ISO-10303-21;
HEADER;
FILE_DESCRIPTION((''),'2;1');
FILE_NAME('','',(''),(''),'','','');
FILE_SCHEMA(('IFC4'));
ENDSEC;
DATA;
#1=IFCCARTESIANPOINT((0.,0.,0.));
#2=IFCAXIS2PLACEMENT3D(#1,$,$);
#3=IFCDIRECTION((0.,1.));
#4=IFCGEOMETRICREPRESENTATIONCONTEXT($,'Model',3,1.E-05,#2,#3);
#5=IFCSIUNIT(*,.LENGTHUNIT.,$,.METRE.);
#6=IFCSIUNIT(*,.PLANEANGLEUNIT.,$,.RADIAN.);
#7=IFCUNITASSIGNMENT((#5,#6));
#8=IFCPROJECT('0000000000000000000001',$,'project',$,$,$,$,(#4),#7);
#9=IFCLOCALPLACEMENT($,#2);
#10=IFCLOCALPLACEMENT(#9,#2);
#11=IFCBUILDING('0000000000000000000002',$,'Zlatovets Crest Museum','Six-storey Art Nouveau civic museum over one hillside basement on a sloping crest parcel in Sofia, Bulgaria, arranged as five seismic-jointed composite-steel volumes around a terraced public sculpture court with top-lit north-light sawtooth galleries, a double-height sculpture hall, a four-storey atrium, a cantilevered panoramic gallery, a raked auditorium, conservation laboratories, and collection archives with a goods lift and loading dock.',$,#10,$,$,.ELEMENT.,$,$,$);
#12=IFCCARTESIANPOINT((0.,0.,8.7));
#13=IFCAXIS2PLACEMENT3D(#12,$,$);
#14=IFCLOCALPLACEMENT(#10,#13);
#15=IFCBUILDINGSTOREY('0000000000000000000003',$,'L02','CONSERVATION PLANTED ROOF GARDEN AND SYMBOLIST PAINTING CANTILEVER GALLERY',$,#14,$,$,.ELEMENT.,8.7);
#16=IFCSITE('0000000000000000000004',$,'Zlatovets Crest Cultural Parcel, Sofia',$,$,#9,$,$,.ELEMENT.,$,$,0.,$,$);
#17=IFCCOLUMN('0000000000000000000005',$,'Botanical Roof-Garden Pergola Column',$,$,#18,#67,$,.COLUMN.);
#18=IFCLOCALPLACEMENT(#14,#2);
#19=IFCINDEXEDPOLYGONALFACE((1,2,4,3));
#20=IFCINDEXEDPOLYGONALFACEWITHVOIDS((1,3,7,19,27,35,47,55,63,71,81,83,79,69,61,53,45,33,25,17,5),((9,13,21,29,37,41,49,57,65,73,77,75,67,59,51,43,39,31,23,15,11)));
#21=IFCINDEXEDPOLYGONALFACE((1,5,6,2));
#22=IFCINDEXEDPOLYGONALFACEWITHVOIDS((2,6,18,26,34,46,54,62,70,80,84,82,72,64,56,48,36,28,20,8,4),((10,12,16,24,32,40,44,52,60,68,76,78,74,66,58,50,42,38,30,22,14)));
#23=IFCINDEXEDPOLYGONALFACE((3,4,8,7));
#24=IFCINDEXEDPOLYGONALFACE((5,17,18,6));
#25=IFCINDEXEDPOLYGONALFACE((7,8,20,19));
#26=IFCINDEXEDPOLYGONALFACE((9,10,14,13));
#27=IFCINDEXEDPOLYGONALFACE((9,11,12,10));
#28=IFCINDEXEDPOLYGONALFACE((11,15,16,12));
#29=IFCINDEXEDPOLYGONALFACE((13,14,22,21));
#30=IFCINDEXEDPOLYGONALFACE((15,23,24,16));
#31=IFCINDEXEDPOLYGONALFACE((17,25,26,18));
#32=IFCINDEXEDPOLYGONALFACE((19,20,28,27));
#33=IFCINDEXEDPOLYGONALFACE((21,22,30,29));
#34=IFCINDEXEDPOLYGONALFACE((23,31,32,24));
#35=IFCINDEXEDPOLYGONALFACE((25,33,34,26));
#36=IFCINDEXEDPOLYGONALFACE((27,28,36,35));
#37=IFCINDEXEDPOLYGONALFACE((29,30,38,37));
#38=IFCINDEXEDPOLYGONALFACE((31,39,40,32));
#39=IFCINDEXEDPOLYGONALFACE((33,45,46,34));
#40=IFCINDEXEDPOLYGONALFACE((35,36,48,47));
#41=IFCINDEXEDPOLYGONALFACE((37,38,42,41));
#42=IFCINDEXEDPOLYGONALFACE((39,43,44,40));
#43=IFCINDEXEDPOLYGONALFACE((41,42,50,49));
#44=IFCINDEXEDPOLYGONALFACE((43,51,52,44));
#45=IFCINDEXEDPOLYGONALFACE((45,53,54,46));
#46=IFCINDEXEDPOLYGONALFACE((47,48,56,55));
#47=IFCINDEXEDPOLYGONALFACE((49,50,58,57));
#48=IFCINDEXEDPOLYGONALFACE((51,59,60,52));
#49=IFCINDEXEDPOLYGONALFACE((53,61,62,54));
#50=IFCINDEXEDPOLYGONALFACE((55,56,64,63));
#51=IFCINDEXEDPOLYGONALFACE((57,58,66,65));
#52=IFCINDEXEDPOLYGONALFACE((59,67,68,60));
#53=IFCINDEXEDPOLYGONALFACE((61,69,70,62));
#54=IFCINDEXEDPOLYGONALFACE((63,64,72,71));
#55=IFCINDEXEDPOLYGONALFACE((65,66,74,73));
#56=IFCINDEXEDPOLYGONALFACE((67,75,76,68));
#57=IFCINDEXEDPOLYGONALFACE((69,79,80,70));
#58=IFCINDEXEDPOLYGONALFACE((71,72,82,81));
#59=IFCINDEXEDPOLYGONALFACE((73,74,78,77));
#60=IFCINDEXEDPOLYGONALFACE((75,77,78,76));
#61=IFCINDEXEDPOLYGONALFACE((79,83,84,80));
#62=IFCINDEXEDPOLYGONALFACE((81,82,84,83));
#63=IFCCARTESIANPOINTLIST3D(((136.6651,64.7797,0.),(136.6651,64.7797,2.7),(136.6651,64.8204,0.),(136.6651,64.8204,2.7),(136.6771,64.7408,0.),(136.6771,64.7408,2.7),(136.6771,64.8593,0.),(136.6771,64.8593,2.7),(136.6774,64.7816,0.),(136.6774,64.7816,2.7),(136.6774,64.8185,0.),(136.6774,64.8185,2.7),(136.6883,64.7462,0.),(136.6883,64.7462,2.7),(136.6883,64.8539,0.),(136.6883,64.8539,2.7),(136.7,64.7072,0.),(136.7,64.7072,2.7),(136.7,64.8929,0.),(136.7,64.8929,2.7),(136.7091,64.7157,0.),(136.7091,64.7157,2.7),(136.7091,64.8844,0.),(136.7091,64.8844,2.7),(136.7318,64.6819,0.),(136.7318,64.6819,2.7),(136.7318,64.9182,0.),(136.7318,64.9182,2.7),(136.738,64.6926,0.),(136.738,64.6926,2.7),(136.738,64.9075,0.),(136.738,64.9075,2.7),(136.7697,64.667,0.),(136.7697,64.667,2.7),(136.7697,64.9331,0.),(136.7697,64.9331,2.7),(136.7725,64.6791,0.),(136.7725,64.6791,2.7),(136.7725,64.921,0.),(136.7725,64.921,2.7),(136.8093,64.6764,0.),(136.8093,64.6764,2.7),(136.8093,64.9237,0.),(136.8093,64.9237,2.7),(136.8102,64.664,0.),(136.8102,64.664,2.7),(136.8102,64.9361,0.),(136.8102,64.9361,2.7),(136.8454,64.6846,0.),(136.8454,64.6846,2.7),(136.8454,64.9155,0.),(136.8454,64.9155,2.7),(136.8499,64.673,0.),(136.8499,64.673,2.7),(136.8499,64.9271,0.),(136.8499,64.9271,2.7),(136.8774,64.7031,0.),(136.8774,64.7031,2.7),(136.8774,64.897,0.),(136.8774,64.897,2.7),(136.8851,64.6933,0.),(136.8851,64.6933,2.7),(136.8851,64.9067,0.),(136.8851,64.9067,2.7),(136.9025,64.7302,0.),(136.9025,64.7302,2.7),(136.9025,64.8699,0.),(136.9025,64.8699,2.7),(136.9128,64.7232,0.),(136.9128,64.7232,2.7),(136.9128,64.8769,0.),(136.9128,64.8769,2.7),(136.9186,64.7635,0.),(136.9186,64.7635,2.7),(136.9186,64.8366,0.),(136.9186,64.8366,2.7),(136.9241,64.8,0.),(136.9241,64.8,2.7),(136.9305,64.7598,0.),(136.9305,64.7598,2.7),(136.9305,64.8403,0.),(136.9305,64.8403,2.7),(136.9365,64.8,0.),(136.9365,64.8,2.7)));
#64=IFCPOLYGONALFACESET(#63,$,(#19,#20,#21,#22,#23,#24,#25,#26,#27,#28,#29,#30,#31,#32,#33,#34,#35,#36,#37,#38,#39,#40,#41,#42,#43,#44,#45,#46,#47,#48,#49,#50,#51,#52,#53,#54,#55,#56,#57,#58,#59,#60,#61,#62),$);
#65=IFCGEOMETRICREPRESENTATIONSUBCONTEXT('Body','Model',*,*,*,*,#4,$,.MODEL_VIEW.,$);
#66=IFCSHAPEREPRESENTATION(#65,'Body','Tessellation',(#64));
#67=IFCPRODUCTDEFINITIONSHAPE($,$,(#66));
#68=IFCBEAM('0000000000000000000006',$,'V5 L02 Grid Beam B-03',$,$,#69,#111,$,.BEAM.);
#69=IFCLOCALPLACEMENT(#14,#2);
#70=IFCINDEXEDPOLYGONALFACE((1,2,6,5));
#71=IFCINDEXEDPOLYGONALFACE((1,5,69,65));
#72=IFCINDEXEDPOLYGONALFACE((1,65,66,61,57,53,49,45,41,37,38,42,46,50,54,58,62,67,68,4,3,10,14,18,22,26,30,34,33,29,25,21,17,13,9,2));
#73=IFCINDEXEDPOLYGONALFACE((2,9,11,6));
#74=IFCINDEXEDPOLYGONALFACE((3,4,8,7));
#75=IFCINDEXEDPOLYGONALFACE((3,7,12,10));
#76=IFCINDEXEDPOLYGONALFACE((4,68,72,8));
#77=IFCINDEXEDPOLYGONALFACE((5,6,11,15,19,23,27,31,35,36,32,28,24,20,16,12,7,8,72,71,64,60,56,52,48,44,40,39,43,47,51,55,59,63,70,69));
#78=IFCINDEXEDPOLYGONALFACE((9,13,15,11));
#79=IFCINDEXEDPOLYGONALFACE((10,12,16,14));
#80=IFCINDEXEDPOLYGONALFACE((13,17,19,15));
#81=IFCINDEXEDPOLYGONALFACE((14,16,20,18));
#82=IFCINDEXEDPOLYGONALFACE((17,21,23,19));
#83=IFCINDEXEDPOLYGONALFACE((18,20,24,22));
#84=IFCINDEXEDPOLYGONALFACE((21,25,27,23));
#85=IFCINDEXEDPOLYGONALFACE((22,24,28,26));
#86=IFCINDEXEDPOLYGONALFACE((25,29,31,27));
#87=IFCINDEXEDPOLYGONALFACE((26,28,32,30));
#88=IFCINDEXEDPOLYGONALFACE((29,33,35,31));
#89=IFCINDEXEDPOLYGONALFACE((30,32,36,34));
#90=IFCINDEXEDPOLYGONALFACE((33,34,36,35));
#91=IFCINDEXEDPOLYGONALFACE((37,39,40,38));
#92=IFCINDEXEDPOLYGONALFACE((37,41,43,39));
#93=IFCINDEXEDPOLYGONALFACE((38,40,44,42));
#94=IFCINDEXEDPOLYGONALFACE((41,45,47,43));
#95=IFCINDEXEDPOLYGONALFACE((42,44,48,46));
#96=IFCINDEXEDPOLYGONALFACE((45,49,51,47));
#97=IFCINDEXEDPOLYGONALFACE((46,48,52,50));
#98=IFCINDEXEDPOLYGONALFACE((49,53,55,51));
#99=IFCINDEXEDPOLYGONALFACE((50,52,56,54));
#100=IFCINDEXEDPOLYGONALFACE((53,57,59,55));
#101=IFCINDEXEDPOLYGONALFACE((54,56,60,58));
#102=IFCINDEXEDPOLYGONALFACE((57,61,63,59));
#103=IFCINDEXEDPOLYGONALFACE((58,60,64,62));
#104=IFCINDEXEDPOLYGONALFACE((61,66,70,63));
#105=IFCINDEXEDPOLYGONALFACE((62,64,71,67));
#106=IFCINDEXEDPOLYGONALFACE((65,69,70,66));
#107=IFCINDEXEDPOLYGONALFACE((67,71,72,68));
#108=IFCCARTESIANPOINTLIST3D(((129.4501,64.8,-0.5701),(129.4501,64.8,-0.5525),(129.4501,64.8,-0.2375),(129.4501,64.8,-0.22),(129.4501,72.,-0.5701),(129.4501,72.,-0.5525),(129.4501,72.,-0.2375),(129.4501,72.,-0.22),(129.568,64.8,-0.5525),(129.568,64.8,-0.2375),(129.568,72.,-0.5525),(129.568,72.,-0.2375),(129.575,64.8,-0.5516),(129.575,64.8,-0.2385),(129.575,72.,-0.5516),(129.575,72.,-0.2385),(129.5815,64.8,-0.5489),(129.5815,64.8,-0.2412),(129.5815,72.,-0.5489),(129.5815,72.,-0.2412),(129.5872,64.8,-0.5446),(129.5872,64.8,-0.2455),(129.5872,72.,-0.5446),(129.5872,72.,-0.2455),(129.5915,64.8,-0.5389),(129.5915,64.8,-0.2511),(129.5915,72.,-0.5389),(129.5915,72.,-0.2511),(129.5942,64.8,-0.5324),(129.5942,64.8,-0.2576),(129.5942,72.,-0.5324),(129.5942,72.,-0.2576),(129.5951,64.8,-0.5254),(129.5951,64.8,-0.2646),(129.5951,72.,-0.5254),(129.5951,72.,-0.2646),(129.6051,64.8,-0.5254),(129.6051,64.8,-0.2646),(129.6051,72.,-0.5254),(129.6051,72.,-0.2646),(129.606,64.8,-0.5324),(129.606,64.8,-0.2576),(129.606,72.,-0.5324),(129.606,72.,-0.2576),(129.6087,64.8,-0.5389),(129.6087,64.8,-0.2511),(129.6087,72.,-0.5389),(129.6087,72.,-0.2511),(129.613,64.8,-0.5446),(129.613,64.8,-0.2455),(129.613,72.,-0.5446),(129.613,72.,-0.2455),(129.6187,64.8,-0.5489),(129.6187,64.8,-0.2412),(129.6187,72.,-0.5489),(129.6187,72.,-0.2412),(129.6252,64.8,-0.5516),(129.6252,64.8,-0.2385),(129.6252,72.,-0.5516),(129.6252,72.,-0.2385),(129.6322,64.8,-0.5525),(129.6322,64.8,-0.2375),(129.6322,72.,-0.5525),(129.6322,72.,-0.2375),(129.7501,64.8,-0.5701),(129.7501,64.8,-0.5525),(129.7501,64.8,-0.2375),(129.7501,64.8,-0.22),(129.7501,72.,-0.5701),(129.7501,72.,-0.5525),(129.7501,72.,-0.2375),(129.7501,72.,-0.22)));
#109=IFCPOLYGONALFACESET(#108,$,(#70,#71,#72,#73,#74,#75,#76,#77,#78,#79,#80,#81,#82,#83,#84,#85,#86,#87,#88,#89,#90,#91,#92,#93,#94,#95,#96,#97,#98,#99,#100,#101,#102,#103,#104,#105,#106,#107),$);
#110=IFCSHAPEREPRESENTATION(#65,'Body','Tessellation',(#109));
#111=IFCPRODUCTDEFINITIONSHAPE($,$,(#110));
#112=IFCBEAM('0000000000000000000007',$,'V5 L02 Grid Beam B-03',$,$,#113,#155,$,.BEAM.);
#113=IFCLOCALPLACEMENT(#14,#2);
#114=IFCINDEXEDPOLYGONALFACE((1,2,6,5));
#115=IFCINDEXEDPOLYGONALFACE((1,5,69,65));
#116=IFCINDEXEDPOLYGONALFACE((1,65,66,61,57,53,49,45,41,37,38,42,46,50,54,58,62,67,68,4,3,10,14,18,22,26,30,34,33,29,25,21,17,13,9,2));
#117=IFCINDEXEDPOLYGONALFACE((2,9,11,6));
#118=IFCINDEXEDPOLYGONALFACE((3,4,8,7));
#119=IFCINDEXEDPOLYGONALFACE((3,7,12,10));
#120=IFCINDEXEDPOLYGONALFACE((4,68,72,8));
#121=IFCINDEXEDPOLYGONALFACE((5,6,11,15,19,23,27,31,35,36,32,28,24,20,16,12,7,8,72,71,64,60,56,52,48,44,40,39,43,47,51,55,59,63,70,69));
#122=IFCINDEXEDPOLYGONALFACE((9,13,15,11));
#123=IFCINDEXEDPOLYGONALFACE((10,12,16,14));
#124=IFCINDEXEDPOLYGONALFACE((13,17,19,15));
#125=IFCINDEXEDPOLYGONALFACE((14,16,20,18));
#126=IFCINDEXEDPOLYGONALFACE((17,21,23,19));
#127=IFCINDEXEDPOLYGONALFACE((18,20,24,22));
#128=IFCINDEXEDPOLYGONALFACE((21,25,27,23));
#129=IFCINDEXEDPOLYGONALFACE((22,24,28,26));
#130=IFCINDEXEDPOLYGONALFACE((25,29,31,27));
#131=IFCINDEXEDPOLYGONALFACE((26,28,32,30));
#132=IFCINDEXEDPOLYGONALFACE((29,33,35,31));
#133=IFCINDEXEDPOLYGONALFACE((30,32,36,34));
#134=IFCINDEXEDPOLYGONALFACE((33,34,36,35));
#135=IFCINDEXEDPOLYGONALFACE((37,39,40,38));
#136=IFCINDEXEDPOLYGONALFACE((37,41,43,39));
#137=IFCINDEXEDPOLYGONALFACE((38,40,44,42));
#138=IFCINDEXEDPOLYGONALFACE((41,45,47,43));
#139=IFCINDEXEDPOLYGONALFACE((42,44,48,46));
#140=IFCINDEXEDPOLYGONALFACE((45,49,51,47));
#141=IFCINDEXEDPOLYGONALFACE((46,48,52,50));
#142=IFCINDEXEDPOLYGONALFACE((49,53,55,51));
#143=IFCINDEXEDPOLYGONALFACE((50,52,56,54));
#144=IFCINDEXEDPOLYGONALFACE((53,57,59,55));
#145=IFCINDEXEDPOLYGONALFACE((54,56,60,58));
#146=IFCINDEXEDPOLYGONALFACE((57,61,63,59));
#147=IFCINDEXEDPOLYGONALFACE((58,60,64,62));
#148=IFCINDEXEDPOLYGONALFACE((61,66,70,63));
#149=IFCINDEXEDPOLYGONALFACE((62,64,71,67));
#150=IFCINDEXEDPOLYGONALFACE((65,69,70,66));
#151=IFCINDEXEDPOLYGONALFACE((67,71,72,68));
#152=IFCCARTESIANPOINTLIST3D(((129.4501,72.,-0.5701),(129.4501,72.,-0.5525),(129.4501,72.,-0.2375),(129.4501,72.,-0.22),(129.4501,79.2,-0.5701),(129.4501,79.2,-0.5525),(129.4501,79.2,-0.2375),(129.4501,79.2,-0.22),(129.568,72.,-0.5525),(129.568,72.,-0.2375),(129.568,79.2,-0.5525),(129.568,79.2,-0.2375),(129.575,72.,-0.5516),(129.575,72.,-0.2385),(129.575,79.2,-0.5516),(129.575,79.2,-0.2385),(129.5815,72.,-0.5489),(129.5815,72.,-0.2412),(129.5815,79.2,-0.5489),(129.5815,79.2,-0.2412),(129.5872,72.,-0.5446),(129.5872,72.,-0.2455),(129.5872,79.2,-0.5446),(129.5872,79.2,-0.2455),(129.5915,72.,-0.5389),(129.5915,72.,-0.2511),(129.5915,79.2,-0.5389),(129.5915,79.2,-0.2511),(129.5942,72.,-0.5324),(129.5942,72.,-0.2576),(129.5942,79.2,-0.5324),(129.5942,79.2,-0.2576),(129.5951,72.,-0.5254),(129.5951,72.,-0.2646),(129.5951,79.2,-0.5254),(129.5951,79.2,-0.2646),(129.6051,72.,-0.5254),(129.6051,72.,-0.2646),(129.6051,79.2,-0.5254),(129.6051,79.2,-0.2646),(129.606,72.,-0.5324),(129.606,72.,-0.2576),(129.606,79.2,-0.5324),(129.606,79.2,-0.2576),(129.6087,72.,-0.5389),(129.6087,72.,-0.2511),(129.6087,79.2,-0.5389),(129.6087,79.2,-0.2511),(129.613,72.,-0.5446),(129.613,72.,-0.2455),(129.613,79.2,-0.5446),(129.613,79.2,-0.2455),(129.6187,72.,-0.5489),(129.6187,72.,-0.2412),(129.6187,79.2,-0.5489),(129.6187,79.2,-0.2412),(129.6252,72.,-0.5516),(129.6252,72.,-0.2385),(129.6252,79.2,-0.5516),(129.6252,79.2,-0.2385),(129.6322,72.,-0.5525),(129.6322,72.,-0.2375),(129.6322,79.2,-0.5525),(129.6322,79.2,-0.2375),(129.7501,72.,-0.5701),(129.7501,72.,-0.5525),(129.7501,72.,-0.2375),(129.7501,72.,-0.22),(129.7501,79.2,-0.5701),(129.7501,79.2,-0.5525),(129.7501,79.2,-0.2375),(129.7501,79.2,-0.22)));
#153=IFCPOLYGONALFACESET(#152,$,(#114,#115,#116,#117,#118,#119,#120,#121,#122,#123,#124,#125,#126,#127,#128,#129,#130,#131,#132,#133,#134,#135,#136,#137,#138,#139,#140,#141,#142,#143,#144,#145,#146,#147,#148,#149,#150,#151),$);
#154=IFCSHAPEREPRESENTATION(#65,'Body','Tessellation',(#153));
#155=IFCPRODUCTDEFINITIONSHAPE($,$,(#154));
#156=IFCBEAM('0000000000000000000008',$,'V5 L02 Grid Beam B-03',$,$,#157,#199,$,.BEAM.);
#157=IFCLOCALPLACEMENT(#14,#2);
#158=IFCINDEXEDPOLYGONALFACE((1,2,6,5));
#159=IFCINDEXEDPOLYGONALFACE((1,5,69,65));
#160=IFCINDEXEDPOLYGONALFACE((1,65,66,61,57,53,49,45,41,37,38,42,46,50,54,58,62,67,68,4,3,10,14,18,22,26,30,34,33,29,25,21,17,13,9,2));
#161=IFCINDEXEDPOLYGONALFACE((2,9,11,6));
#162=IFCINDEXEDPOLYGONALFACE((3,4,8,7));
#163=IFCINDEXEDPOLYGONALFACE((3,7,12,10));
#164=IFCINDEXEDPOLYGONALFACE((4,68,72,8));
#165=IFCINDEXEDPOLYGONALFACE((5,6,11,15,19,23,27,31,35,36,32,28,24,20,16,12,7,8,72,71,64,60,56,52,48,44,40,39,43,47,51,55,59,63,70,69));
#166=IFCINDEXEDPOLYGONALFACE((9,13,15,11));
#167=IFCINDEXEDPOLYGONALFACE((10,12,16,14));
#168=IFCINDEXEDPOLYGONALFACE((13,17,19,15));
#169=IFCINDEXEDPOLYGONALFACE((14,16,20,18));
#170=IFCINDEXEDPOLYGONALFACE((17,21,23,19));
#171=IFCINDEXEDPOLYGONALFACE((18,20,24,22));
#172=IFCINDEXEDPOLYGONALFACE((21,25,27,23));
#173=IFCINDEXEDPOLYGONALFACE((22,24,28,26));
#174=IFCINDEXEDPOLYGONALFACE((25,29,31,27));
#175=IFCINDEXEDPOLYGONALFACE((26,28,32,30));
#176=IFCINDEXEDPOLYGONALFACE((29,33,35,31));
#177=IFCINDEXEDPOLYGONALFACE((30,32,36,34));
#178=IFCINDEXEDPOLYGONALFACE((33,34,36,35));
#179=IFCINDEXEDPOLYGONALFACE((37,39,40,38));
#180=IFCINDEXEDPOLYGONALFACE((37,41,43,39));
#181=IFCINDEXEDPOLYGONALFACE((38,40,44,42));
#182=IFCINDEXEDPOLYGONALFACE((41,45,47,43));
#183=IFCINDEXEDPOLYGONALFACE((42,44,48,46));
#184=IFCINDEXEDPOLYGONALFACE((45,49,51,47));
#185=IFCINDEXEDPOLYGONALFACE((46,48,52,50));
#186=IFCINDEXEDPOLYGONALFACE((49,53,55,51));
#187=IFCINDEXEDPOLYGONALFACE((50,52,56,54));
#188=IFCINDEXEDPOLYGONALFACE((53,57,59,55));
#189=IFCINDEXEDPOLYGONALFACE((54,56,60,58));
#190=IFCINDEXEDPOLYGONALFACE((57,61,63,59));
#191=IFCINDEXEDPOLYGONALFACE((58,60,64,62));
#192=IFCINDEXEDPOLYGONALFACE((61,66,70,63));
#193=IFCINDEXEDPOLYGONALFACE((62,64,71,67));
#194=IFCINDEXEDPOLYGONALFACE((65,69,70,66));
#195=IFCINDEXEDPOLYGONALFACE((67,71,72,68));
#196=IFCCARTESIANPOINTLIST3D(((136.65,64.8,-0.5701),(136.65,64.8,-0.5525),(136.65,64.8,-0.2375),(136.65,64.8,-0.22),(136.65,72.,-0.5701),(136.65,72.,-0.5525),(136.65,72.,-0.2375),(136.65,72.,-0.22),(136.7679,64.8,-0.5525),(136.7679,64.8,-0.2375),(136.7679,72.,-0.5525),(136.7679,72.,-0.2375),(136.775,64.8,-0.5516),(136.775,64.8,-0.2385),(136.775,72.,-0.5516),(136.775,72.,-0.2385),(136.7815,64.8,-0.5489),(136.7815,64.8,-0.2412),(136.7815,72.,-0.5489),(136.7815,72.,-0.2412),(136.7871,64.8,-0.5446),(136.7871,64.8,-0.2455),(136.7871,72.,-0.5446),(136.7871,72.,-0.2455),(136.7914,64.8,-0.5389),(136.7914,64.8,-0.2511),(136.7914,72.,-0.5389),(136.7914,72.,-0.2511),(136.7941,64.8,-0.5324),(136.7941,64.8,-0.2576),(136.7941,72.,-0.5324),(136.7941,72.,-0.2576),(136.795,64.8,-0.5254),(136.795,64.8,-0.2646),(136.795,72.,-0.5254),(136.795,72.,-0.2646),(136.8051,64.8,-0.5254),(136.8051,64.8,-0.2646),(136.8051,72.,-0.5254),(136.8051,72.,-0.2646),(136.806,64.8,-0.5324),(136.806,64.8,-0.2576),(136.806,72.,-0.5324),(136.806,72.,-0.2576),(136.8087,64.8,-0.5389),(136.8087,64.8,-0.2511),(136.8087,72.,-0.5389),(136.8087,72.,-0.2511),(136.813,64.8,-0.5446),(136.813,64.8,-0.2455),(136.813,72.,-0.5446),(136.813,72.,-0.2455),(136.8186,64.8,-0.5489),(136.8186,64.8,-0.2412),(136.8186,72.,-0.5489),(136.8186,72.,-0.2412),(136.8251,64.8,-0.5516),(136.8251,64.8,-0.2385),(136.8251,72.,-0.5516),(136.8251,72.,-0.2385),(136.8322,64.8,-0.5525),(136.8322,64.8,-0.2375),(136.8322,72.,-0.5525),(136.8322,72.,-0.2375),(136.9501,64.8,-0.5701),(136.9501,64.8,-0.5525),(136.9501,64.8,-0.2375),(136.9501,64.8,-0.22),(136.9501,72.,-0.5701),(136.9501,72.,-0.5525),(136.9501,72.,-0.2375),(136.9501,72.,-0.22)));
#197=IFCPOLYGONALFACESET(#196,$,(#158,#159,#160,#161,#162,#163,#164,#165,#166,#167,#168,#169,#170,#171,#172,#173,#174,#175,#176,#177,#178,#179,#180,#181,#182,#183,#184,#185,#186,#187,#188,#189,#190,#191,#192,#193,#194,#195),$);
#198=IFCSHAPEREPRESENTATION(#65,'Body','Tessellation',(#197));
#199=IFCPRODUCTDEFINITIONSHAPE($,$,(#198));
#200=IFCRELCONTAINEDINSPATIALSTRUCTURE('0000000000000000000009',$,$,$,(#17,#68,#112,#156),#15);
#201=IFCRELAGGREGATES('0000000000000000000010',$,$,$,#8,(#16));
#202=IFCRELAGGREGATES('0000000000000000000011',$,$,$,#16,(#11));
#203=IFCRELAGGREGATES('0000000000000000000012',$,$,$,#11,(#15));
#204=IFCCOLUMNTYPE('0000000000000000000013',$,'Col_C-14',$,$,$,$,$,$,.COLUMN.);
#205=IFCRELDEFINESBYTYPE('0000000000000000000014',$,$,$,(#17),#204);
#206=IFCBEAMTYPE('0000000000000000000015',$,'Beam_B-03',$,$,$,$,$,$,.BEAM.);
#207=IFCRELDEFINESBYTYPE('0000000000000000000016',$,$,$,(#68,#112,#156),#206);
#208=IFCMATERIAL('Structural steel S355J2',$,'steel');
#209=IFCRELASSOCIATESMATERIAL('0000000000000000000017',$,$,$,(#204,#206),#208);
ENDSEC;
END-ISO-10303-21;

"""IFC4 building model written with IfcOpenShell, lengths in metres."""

from ifc_helpers import new_model, si_unit, direction, frame, origin, origin_2d, place, context, subcontext, project, spatial, hollow_circle, i_section, extrude, material, material_profile, profile_set, type_object, element, save


model = new_model("IFC4")

# Units and contexts
model_context = context("Model", 3, precision=1e-05, world=origin(), true_north=direction((0.0, 1.0)))
body_context = subcontext(model_context, "Body", "Model", "MODEL_VIEW")
ifc_project = project(units=[si_unit("LENGTHUNIT", "METRE"), si_unit("PLANEANGLEUNIT", "RADIAN")], contexts=[model_context])

# Site, building, storey
site_placement = place(None, origin())
site = spatial("IfcSite", under=ifc_project, at=site_placement, Name="Zlatovets Crest Cultural Parcel, Sofia", CompositionType="ELEMENT", RefElevation=0.0)
building_placement = place(site_placement, origin())
building = spatial("IfcBuilding", under=site, at=building_placement, Name="Zlatovets Crest Museum", Description="Six-storey Art Nouveau civic museum over one hillside basement on a sloping crest parcel in Sofia, Bulgaria, arranged as five seismic-jointed composite-steel volumes around a terraced public sculpture court with top-lit north-light sawtooth galleries, a double-height sculpture hall, a four-storey atrium, a cantilevered panoramic gallery, a raked auditorium, conservation laboratories, and collection archives with a goods lift and loading dock.", CompositionType="ELEMENT")
storey_placement = place(building_placement, frame((0.0, 0.0, 8.7)))
storey = spatial("IfcBuildingStorey", under=building, at=storey_placement, Name="L02", Description="CONSERVATION PLANTED ROOF GARDEN AND SYMBOLIST PAINTING CANTILEVER GALLERY", CompositionType="ELEMENT", Elevation=8.7)

# Column
ifc_material_1 = material(Name="Structural steel S355J2", Category="steel")
ifc_material_profile_1 = material_profile(ifc_material_1, hollow_circle(Radius=0.1365, WallThickness=0.0125, at=origin_2d()), Name="CHS 273.0x12.5")
ifc_profile_set_1 = profile_set([ifc_material_profile_1], Name="Structural steel S355J2")
column_type = type_object("IfcColumnType", Name="Col_C-14", PredefinedType="COLUMN", material=ifc_profile_set_1)
column_placement = place(storey_placement, frame((136.8, 64.8, 0.0), z_axis=(0.0, 0.0, 1.0), x_axis=(1.0, 0.0, 0.0)))
element("IfcColumn", 1, at=column_placement, inside=storey, type_object=column_type, Name="Botanical Roof-Garden Pergola Column", PredefinedType="COLUMN", context=body_context, shape_type="SweptSolid", body=[
    extrude(hollow_circle(Radius=0.1365, WallThickness=0.0125, at=origin_2d()), origin(), (0.0, 0.0, 1.0), 2.7),
])

# Beams
ifc_material_profile_2 = material_profile(ifc_material_1, i_section(OverallWidth=0.3, OverallDepth=0.3501, WebThickness=0.01, FlangeThickness=0.0176, FilletRadius=0.0271, at=origin_2d()), Name="HEA 360")
ifc_profile_set_2 = profile_set([ifc_material_profile_2], Name="Structural steel S355J2")
beam_type_1 = type_object("IfcBeamType", Name="Beam_B-03", PredefinedType="BEAM", material=ifc_profile_set_2)
for number, where, z_axis, x_axis, name in (
    (2, (129.6001, 64.8, -0.395), (0.0, 1.0, 0.0), (-1.0, 0.0, 0.0), "V5 L02 Grid Beam B-03"),
    (3, (129.6001, 72.0, -0.395), (0.0, 1.0, 0.0), (-1.0, 0.0, 0.0), "V5 L02 Grid Beam B-03"),
    (4, (136.8, 64.8, -0.395), (0.0, 1.0, 0.0), (-1.0, 0.0, 0.0), "V5 L02 Grid Beam B-03"),
):
    element("IfcBeam", number, at=place(storey_placement, frame(where, z_axis=z_axis, x_axis=x_axis)), inside=storey, type_object=beam_type_1, Name=name, PredefinedType="BEAM", context=body_context, shape_type="SweptSolid", body=[
        extrude(i_section(OverallWidth=0.3, OverallDepth=0.3501, WebThickness=0.01, FlangeThickness=0.0176, FilletRadius=0.0271, at=origin_2d()), origin(), (0.0, 0.0, 1.0), 7.2),
    ])

save(model, "model.ifc")
